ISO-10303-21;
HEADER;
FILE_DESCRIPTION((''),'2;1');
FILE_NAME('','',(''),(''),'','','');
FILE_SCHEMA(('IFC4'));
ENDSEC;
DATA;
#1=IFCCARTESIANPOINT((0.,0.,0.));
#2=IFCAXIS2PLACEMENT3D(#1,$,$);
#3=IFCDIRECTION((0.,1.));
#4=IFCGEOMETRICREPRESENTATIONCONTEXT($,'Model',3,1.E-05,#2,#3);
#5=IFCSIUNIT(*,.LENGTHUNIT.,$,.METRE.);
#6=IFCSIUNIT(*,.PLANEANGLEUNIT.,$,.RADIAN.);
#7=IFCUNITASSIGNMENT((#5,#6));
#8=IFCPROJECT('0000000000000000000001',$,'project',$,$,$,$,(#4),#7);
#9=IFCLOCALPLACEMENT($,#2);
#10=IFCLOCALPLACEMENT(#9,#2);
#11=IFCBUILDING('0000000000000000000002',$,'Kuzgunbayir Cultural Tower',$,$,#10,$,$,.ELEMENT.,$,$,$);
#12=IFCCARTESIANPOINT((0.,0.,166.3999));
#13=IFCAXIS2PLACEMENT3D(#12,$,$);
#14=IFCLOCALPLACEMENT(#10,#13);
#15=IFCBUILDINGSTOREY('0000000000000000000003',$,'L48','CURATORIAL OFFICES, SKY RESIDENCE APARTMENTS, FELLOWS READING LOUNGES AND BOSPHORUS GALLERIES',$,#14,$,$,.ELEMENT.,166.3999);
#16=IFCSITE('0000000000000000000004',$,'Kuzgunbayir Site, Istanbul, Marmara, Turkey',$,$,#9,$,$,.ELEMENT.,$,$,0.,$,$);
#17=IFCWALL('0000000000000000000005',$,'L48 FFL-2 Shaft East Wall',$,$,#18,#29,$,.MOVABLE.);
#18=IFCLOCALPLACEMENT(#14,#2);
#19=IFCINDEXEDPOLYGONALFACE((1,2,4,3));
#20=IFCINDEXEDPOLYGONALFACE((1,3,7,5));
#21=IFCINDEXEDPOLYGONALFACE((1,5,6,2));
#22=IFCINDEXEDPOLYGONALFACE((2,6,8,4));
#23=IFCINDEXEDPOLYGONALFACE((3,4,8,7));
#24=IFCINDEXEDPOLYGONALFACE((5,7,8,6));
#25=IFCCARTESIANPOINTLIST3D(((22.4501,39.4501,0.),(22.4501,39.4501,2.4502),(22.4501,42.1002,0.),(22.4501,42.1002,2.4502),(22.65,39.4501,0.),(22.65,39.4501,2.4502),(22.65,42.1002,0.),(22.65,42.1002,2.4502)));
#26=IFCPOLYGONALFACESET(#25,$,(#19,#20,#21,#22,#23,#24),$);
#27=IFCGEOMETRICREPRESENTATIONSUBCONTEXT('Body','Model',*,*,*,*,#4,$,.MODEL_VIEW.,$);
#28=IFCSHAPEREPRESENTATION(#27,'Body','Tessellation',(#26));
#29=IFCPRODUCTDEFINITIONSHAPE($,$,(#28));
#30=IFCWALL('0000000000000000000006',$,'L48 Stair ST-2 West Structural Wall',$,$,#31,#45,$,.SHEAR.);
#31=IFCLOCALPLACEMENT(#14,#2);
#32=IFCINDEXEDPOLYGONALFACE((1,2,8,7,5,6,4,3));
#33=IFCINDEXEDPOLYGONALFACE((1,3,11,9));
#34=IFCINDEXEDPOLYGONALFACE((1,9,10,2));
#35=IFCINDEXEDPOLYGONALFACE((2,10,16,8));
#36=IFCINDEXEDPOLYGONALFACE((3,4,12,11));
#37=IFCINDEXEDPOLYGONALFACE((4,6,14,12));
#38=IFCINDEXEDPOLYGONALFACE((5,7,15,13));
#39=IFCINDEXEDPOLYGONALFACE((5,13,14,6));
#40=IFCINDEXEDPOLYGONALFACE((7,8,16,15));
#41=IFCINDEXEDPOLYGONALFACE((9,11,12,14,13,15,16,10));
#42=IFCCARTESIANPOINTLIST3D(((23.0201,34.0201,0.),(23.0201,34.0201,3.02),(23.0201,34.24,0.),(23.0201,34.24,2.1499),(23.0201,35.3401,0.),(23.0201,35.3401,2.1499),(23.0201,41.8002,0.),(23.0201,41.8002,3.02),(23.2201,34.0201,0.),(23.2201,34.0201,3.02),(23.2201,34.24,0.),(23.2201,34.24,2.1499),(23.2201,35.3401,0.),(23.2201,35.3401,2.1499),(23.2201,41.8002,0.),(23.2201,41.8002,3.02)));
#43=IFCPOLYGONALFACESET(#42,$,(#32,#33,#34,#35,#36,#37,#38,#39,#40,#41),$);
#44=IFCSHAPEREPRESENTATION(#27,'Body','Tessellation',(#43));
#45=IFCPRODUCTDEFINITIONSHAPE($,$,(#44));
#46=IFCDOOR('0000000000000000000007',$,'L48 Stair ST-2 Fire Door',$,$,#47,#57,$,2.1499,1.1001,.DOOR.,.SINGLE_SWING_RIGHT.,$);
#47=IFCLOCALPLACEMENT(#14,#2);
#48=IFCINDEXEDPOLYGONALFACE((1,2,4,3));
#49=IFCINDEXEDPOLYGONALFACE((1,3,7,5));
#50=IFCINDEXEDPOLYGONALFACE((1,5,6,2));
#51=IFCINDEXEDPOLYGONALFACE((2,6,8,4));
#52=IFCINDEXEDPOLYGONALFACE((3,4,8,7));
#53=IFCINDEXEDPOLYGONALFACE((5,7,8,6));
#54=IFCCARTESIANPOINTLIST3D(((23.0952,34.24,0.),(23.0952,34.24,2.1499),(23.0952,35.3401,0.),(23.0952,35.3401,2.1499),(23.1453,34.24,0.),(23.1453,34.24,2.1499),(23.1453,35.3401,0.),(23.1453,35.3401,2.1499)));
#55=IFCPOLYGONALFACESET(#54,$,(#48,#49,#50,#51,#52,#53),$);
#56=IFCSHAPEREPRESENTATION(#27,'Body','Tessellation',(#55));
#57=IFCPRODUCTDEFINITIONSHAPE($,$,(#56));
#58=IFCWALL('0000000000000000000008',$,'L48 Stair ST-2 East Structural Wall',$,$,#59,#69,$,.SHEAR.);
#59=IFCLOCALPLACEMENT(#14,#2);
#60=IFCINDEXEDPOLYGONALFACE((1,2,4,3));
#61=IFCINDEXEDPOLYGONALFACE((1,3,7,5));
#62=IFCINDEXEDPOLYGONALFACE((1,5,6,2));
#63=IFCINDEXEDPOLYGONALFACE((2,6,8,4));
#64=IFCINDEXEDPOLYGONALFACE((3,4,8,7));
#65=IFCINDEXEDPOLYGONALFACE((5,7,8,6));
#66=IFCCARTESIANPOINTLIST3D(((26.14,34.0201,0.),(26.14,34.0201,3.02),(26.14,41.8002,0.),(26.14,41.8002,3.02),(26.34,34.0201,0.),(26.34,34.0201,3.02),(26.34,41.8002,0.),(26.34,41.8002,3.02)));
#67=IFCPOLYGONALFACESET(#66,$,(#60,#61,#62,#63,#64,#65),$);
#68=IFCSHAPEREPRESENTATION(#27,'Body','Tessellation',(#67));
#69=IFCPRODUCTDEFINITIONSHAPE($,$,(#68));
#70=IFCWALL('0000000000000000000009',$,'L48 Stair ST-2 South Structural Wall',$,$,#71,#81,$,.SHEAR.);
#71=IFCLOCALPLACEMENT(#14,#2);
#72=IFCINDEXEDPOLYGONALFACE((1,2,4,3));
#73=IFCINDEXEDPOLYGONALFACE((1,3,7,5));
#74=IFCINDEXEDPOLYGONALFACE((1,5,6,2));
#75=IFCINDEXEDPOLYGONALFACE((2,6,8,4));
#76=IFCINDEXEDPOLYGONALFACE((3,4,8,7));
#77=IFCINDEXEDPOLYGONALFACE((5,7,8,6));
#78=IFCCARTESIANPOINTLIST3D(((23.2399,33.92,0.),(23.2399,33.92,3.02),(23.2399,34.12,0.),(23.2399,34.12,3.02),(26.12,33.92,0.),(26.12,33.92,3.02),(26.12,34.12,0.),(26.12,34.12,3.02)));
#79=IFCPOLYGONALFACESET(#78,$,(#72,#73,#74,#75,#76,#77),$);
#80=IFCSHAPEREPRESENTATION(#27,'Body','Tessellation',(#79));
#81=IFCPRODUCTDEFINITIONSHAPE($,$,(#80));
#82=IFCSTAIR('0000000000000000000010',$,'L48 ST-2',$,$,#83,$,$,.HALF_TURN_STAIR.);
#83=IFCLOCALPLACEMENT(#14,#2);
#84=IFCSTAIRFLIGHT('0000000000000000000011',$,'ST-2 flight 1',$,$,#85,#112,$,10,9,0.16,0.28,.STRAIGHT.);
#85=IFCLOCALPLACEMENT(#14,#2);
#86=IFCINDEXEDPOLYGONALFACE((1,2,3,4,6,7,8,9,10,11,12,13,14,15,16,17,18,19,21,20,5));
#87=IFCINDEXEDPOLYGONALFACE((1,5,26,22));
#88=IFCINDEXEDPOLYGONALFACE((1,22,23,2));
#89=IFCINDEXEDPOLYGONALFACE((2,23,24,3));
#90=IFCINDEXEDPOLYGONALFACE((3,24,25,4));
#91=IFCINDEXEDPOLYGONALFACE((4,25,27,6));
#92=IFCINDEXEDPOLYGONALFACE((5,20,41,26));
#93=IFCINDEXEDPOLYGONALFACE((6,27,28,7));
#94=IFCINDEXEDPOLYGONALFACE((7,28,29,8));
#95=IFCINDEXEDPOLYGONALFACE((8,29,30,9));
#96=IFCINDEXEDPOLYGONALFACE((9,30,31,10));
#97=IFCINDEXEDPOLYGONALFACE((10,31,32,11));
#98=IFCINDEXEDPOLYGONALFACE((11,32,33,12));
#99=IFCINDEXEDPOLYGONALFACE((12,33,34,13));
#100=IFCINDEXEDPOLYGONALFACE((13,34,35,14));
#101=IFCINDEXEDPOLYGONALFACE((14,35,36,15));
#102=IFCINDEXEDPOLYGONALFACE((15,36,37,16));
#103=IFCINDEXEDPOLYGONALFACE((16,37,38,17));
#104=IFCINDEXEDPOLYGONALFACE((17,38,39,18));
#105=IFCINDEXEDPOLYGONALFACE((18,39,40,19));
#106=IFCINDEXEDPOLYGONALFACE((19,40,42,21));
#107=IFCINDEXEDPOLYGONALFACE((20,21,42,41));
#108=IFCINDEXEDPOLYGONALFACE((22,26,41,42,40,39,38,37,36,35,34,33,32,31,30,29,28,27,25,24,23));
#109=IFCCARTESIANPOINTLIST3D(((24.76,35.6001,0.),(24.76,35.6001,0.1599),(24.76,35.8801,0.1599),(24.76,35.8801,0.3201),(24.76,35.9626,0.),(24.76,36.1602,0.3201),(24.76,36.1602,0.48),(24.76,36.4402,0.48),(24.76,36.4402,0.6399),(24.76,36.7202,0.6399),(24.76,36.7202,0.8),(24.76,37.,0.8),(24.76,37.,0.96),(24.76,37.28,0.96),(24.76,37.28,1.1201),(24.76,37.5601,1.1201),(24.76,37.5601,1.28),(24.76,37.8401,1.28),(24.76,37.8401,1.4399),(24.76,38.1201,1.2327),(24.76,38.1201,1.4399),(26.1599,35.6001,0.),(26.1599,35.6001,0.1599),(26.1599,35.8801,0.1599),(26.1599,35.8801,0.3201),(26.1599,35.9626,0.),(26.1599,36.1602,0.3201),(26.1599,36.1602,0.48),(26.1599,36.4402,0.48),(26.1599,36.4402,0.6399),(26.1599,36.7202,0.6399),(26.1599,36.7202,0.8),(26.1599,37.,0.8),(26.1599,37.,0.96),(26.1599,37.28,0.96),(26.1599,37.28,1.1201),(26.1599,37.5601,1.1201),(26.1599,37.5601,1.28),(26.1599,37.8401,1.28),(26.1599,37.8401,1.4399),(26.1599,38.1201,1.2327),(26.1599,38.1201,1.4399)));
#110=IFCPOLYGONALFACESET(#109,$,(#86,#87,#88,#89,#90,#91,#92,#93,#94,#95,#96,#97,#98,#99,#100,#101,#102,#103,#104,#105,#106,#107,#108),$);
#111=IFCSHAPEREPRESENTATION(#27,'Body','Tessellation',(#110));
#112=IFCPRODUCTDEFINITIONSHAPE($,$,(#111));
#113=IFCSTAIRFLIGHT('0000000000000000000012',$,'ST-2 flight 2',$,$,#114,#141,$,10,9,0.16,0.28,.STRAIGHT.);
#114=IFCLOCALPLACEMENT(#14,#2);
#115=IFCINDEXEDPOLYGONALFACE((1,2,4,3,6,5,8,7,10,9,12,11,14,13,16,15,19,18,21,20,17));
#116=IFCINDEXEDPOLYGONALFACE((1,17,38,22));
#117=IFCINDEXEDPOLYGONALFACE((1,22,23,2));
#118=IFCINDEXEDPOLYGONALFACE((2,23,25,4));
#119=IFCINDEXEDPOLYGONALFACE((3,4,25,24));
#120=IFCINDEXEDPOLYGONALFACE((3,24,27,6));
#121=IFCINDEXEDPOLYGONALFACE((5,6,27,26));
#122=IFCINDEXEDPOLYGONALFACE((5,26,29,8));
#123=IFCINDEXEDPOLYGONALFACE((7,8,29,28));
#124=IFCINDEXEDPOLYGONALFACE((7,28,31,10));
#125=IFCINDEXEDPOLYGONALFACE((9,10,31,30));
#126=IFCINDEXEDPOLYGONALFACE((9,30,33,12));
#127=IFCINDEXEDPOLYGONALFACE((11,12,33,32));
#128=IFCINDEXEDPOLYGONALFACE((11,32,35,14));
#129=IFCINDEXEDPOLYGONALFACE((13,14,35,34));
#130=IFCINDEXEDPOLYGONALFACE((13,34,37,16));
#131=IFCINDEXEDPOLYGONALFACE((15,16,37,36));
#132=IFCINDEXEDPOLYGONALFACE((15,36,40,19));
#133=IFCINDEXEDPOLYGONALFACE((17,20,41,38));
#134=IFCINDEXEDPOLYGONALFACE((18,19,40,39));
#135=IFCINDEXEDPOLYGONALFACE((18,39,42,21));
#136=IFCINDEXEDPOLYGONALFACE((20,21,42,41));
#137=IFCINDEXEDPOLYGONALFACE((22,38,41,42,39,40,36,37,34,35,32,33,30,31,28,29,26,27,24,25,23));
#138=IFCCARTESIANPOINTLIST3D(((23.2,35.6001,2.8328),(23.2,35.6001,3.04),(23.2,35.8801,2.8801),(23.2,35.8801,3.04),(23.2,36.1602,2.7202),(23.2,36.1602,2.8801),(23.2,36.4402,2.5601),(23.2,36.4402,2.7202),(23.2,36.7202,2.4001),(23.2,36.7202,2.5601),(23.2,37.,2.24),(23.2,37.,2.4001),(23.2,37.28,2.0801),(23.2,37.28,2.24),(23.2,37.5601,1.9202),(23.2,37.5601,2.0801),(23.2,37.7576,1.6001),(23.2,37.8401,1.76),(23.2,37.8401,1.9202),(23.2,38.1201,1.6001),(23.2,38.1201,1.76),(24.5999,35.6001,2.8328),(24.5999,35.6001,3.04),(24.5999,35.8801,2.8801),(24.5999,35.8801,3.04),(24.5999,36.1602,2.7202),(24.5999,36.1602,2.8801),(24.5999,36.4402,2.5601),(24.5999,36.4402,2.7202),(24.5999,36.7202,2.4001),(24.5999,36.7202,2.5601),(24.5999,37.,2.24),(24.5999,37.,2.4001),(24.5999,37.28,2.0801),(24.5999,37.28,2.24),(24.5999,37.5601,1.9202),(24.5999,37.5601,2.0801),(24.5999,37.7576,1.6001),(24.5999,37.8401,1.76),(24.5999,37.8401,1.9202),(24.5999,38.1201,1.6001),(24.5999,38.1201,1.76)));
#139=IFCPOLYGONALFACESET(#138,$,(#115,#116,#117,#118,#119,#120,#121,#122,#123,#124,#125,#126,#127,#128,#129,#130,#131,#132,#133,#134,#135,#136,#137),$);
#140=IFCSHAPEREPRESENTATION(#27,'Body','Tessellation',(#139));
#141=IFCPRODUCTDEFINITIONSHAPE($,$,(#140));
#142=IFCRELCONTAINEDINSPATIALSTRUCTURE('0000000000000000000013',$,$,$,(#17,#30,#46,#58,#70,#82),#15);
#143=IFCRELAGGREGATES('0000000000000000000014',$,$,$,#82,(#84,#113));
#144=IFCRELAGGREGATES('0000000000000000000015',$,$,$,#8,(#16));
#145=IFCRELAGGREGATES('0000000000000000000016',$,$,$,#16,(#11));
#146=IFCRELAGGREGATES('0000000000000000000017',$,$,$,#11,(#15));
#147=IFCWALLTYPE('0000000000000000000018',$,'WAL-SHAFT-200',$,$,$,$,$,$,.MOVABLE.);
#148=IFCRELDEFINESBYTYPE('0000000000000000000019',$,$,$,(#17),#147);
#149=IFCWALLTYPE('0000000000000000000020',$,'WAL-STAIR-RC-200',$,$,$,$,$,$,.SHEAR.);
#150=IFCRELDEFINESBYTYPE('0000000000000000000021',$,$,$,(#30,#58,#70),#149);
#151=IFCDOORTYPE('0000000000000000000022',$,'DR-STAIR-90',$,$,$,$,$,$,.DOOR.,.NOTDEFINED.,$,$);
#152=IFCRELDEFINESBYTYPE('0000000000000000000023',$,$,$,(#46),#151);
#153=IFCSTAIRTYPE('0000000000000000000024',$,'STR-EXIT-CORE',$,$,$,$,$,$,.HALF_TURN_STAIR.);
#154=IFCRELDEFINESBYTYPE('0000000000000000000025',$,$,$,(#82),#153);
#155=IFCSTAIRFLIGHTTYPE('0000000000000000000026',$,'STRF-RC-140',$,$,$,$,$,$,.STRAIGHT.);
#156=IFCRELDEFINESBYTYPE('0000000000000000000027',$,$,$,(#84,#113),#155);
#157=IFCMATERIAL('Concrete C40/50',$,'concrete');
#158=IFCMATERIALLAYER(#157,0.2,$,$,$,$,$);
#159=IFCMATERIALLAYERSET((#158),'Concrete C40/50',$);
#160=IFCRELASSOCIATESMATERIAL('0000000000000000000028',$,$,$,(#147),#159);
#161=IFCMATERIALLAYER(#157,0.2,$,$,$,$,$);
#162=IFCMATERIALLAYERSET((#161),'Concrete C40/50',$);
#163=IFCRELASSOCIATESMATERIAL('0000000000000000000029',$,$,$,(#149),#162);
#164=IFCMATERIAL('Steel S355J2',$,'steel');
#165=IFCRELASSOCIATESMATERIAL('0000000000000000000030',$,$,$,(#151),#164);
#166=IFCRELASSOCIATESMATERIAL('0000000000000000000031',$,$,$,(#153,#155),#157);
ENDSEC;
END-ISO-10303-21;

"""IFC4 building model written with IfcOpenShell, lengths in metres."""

from ifc_helpers import new_model, si_unit, direction, frame, frame_2d, origin, place, context, subcontext, project, spatial, polyline, rectangle, outline, extrude, material, layer, layer_set, type_object, element, fill, aggregate, save


model = new_model("IFC4")

# Units and contexts
model_context = context("Model", 3, precision=1e-05, world=origin(), true_north=direction((0.0, 1.0)))
body_context = subcontext(model_context, "Body", "Model", "MODEL_VIEW")
ifc_project = project(units=[si_unit("LENGTHUNIT", "METRE"), si_unit("PLANEANGLEUNIT", "RADIAN")], contexts=[model_context])

# Site, building, storey
site_placement = place(None, origin())
site = spatial("IfcSite", under=ifc_project, at=site_placement, Name="Kuzgunbayir Site, Istanbul, Marmara, Turkey", CompositionType="ELEMENT", RefElevation=0.0)
building_placement = place(site_placement, origin())
building = spatial("IfcBuilding", under=site, at=building_placement, Name="Kuzgunbayir Cultural Tower", CompositionType="ELEMENT")
storey_placement = place(building_placement, frame((0.0, 0.0, 166.3999)))
storey = spatial("IfcBuildingStorey", under=building, at=storey_placement, Name="L48", Description="CURATORIAL OFFICES, SKY RESIDENCE APARTMENTS, FELLOWS READING LOUNGES AND BOSPHORUS GALLERIES", CompositionType="ELEMENT", Elevation=166.3999)

# Shared definitions
ifc_material_1 = material(Name="Steel S355J2", Category="steel")

# Shared definitions
ifc_material_2 = material(Name="Concrete C40/50", Category="concrete")
ifc_layer_1 = layer(ifc_material_2, 0.2)
ifc_layer_set_1 = layer_set([ifc_layer_1], Name="Concrete C40/50")
wall_type_1 = type_object("IfcWallType", Name="WAL-SHAFT-200", PredefinedType="MOVABLE", material=ifc_layer_set_1)

# Wall
for number, where, z_axis, x_axis, name in (
    (1, (22.55, 39.45, 0.0), (0.0, 0.0, 1.0), (0.0, 1.0, 0.0), "L48 FFL-2 Shaft East Wall"),
):
    element("IfcWall", number, at=place(storey_placement, frame(where, z_axis=z_axis, x_axis=x_axis)), inside=storey, type_object=wall_type_1, Name=name, PredefinedType="MOVABLE", context=body_context, shape_type="SweptSolid", body=[
        extrude(rectangle(XDim=2.6501, YDim=0.2, at=frame_2d((1.3252, 0.0))), origin(), (0.0, 0.0, 1.0), 2.4502),
    ])

# Wall, opening, door
ifc_layer_2 = layer(ifc_material_2, 0.2)
ifc_layer_set_2 = layer_set([ifc_layer_2], Name="Concrete C40/50")
wall_type_2 = type_object("IfcWallType", Name="WAL-STAIR-RC-200", PredefinedType="SHEAR", material=ifc_layer_set_2)
wall_1_placement = place(storey_placement, frame((23.1201, 34.02, 0.0), z_axis=(0.0, 0.0, 1.0), x_axis=(0.0, 1.0, 0.0)))
wall_1 = element("IfcWall", 2, at=wall_1_placement, inside=storey, type_object=wall_type_2, Name="L48 Stair ST-2 West Structural Wall", PredefinedType="SHEAR", context=body_context, shape_type="SweptSolid", body=[
    extrude(rectangle(XDim=7.78, YDim=0.2, at=frame_2d((3.8901, 0.0))), origin(), (0.0, 0.0, 1.0), 3.02),
])
opening_1_placement = place(wall_1_placement, frame((0.22, 0.0, 0.0)))
opening_1 = element("IfcOpeningElement", 3, at=opening_1_placement, cuts=wall_1, PredefinedType="OPENING", context=body_context, shape_type="SweptSolid", body=[
    extrude(rectangle(XDim=1.1001, YDim=2.1499, at=frame_2d((0.55, 1.075))), frame((0.0, 0.1099, 0.0), z_axis=(0.0, -1.0, 0.0), x_axis=(1.0, 0.0, 0.0)), (0.0, 0.0, 1.0), 0.22),
])
door_type_1 = type_object("IfcDoorType", Name="DR-STAIR-90", OperationType="NOTDEFINED", PredefinedType="DOOR", material=ifc_material_1)
door_1_placement = place(opening_1_placement, origin())
door_1 = element("IfcDoor", 4, at=door_1_placement, inside=storey, type_object=door_type_1, Name="L48 Stair ST-2 Fire Door", OperationType="SINGLE_SWING_RIGHT", OverallHeight=2.1499, OverallWidth=1.1001, PredefinedType="DOOR", context=body_context, shape_type="SweptSolid", body=[
    extrude(rectangle(XDim=1.1001, YDim=2.1499, at=frame_2d((0.55, 1.075))), frame((0.0, 0.0249, 0.0), z_axis=(0.0, -1.0, 0.0), x_axis=(1.0, 0.0, 0.0)), (0.0, 0.0, 1.0), 0.05),
])
fill(opening_1, door_1)

# Walls
wall_2_placement = place(storey_placement, frame((26.24, 34.02, 0.0), z_axis=(0.0, 0.0, 1.0), x_axis=(0.0, 1.0, 0.0)))
element("IfcWall", 5, at=wall_2_placement, inside=storey, type_object=wall_type_2, Name="L48 Stair ST-2 East Structural Wall", PredefinedType="SHEAR", context=body_context, shape_type="SweptSolid", body=[
    extrude(rectangle(XDim=7.78, YDim=0.2, at=frame_2d((3.8901, 0.0))), origin(), (0.0, 0.0, 1.0), 3.02),
])
wall_3_placement = place(storey_placement, frame((23.24, 34.02, 0.0), z_axis=(0.0, 0.0, 1.0), x_axis=(1.0, 0.0, 0.0)))
element("IfcWall", 6, at=wall_3_placement, inside=storey, type_object=wall_type_2, Name="L48 Stair ST-2 South Structural Wall", PredefinedType="SHEAR", context=body_context, shape_type="SweptSolid", body=[
    extrude(rectangle(XDim=2.8801, YDim=0.2, at=frame_2d((1.4399, 0.0))), origin(), (0.0, 0.0, 1.0), 3.02),
])

# Stair, stair flights
stair_type = type_object("IfcStairType", Name="STR-EXIT-CORE", PredefinedType="HALF_TURN_STAIR", material=ifc_material_2)
stair_placement = place(storey_placement, origin())
stair = element("IfcStair", 7, at=stair_placement, inside=storey, type_object=stair_type, Name="L48 ST-2", PredefinedType="HALF_TURN_STAIR")
stair_flight_type = type_object("IfcStairFlightType", Name="STRF-RC-140", PredefinedType="STRAIGHT", material=ifc_material_2)
stair_flight_1_placement = place(storey_placement, frame((25.46, 35.6001, 0.0), z_axis=(0.0, 0.0, 1.0), x_axis=(0.0, 1.0, 0.0)))
stair_flight_1 = element("IfcStairFlight", 8, at=stair_flight_1_placement, type_object=stair_flight_type, Name="ST-2 flight 1", NumberOfRisers=10, NumberOfTreads=9, PredefinedType="STRAIGHT", RiserHeight=0.16, TreadLength=0.28, context=body_context, shape_type="SweptSolid", body=[
    extrude(outline(polyline([(0.0, 0.0), (0.0, 0.1599), (0.28, 0.1599), (0.28, 0.3201), (0.5601, 0.3201), (0.5601, 0.48), (0.8401, 0.48), (0.8401, 0.6399), (1.1201, 0.6399), (1.1201, 0.8), (1.3999, 0.8), (1.3999, 0.96), (1.6799, 0.96), (1.6799, 1.1201), (1.96, 1.1201), (1.96, 1.28), (2.24, 1.28), (2.24, 1.4399), (2.52, 1.4399), (2.52, 1.6001), (2.52, 1.2327), (0.3625, 0.0), (0.0, 0.0)])), frame((0.0, 0.7, 0.0), z_axis=(0.0, -1.0, 0.0), x_axis=(1.0, 0.0, 0.0)), (0.0, 0.0, 1.0), 1.3999),
])
stair_flight_2_placement = place(storey_placement, frame((23.8999, 38.1201, 1.6001), z_axis=(0.0, 0.0, 1.0), x_axis=(0.0, -1.0, 0.0)))
stair_flight_2 = element("IfcStairFlight", 9, at=stair_flight_2_placement, type_object=stair_flight_type, Name="ST-2 flight 2", NumberOfRisers=10, NumberOfTreads=9, PredefinedType="STRAIGHT", RiserHeight=0.16, TreadLength=0.28, context=body_context, shape_type="SweptSolid", body=[
    extrude(outline(polyline([(0.0, 0.0), (0.0, 0.1599), (0.28, 0.1599), (0.28, 0.3201), (0.5601, 0.3201), (0.5601, 0.48), (0.8401, 0.48), (0.8401, 0.6399), (1.1201, 0.6399), (1.1201, 0.8), (1.3999, 0.8), (1.3999, 0.96), (1.6799, 0.96), (1.6799, 1.1201), (1.96, 1.1201), (1.96, 1.28), (2.24, 1.28), (2.24, 1.4399), (2.52, 1.4399), (2.52, 1.6001), (2.52, 1.2327), (0.3625, 0.0), (0.0, 0.0)])), frame((0.0, 0.7, 0.0), z_axis=(0.0, -1.0, 0.0), x_axis=(1.0, 0.0, 0.0)), (0.0, 0.0, 1.0), 1.3999),
])
aggregate(stair, [stair_flight_1, stair_flight_2])

save(model, "model.ifc")
